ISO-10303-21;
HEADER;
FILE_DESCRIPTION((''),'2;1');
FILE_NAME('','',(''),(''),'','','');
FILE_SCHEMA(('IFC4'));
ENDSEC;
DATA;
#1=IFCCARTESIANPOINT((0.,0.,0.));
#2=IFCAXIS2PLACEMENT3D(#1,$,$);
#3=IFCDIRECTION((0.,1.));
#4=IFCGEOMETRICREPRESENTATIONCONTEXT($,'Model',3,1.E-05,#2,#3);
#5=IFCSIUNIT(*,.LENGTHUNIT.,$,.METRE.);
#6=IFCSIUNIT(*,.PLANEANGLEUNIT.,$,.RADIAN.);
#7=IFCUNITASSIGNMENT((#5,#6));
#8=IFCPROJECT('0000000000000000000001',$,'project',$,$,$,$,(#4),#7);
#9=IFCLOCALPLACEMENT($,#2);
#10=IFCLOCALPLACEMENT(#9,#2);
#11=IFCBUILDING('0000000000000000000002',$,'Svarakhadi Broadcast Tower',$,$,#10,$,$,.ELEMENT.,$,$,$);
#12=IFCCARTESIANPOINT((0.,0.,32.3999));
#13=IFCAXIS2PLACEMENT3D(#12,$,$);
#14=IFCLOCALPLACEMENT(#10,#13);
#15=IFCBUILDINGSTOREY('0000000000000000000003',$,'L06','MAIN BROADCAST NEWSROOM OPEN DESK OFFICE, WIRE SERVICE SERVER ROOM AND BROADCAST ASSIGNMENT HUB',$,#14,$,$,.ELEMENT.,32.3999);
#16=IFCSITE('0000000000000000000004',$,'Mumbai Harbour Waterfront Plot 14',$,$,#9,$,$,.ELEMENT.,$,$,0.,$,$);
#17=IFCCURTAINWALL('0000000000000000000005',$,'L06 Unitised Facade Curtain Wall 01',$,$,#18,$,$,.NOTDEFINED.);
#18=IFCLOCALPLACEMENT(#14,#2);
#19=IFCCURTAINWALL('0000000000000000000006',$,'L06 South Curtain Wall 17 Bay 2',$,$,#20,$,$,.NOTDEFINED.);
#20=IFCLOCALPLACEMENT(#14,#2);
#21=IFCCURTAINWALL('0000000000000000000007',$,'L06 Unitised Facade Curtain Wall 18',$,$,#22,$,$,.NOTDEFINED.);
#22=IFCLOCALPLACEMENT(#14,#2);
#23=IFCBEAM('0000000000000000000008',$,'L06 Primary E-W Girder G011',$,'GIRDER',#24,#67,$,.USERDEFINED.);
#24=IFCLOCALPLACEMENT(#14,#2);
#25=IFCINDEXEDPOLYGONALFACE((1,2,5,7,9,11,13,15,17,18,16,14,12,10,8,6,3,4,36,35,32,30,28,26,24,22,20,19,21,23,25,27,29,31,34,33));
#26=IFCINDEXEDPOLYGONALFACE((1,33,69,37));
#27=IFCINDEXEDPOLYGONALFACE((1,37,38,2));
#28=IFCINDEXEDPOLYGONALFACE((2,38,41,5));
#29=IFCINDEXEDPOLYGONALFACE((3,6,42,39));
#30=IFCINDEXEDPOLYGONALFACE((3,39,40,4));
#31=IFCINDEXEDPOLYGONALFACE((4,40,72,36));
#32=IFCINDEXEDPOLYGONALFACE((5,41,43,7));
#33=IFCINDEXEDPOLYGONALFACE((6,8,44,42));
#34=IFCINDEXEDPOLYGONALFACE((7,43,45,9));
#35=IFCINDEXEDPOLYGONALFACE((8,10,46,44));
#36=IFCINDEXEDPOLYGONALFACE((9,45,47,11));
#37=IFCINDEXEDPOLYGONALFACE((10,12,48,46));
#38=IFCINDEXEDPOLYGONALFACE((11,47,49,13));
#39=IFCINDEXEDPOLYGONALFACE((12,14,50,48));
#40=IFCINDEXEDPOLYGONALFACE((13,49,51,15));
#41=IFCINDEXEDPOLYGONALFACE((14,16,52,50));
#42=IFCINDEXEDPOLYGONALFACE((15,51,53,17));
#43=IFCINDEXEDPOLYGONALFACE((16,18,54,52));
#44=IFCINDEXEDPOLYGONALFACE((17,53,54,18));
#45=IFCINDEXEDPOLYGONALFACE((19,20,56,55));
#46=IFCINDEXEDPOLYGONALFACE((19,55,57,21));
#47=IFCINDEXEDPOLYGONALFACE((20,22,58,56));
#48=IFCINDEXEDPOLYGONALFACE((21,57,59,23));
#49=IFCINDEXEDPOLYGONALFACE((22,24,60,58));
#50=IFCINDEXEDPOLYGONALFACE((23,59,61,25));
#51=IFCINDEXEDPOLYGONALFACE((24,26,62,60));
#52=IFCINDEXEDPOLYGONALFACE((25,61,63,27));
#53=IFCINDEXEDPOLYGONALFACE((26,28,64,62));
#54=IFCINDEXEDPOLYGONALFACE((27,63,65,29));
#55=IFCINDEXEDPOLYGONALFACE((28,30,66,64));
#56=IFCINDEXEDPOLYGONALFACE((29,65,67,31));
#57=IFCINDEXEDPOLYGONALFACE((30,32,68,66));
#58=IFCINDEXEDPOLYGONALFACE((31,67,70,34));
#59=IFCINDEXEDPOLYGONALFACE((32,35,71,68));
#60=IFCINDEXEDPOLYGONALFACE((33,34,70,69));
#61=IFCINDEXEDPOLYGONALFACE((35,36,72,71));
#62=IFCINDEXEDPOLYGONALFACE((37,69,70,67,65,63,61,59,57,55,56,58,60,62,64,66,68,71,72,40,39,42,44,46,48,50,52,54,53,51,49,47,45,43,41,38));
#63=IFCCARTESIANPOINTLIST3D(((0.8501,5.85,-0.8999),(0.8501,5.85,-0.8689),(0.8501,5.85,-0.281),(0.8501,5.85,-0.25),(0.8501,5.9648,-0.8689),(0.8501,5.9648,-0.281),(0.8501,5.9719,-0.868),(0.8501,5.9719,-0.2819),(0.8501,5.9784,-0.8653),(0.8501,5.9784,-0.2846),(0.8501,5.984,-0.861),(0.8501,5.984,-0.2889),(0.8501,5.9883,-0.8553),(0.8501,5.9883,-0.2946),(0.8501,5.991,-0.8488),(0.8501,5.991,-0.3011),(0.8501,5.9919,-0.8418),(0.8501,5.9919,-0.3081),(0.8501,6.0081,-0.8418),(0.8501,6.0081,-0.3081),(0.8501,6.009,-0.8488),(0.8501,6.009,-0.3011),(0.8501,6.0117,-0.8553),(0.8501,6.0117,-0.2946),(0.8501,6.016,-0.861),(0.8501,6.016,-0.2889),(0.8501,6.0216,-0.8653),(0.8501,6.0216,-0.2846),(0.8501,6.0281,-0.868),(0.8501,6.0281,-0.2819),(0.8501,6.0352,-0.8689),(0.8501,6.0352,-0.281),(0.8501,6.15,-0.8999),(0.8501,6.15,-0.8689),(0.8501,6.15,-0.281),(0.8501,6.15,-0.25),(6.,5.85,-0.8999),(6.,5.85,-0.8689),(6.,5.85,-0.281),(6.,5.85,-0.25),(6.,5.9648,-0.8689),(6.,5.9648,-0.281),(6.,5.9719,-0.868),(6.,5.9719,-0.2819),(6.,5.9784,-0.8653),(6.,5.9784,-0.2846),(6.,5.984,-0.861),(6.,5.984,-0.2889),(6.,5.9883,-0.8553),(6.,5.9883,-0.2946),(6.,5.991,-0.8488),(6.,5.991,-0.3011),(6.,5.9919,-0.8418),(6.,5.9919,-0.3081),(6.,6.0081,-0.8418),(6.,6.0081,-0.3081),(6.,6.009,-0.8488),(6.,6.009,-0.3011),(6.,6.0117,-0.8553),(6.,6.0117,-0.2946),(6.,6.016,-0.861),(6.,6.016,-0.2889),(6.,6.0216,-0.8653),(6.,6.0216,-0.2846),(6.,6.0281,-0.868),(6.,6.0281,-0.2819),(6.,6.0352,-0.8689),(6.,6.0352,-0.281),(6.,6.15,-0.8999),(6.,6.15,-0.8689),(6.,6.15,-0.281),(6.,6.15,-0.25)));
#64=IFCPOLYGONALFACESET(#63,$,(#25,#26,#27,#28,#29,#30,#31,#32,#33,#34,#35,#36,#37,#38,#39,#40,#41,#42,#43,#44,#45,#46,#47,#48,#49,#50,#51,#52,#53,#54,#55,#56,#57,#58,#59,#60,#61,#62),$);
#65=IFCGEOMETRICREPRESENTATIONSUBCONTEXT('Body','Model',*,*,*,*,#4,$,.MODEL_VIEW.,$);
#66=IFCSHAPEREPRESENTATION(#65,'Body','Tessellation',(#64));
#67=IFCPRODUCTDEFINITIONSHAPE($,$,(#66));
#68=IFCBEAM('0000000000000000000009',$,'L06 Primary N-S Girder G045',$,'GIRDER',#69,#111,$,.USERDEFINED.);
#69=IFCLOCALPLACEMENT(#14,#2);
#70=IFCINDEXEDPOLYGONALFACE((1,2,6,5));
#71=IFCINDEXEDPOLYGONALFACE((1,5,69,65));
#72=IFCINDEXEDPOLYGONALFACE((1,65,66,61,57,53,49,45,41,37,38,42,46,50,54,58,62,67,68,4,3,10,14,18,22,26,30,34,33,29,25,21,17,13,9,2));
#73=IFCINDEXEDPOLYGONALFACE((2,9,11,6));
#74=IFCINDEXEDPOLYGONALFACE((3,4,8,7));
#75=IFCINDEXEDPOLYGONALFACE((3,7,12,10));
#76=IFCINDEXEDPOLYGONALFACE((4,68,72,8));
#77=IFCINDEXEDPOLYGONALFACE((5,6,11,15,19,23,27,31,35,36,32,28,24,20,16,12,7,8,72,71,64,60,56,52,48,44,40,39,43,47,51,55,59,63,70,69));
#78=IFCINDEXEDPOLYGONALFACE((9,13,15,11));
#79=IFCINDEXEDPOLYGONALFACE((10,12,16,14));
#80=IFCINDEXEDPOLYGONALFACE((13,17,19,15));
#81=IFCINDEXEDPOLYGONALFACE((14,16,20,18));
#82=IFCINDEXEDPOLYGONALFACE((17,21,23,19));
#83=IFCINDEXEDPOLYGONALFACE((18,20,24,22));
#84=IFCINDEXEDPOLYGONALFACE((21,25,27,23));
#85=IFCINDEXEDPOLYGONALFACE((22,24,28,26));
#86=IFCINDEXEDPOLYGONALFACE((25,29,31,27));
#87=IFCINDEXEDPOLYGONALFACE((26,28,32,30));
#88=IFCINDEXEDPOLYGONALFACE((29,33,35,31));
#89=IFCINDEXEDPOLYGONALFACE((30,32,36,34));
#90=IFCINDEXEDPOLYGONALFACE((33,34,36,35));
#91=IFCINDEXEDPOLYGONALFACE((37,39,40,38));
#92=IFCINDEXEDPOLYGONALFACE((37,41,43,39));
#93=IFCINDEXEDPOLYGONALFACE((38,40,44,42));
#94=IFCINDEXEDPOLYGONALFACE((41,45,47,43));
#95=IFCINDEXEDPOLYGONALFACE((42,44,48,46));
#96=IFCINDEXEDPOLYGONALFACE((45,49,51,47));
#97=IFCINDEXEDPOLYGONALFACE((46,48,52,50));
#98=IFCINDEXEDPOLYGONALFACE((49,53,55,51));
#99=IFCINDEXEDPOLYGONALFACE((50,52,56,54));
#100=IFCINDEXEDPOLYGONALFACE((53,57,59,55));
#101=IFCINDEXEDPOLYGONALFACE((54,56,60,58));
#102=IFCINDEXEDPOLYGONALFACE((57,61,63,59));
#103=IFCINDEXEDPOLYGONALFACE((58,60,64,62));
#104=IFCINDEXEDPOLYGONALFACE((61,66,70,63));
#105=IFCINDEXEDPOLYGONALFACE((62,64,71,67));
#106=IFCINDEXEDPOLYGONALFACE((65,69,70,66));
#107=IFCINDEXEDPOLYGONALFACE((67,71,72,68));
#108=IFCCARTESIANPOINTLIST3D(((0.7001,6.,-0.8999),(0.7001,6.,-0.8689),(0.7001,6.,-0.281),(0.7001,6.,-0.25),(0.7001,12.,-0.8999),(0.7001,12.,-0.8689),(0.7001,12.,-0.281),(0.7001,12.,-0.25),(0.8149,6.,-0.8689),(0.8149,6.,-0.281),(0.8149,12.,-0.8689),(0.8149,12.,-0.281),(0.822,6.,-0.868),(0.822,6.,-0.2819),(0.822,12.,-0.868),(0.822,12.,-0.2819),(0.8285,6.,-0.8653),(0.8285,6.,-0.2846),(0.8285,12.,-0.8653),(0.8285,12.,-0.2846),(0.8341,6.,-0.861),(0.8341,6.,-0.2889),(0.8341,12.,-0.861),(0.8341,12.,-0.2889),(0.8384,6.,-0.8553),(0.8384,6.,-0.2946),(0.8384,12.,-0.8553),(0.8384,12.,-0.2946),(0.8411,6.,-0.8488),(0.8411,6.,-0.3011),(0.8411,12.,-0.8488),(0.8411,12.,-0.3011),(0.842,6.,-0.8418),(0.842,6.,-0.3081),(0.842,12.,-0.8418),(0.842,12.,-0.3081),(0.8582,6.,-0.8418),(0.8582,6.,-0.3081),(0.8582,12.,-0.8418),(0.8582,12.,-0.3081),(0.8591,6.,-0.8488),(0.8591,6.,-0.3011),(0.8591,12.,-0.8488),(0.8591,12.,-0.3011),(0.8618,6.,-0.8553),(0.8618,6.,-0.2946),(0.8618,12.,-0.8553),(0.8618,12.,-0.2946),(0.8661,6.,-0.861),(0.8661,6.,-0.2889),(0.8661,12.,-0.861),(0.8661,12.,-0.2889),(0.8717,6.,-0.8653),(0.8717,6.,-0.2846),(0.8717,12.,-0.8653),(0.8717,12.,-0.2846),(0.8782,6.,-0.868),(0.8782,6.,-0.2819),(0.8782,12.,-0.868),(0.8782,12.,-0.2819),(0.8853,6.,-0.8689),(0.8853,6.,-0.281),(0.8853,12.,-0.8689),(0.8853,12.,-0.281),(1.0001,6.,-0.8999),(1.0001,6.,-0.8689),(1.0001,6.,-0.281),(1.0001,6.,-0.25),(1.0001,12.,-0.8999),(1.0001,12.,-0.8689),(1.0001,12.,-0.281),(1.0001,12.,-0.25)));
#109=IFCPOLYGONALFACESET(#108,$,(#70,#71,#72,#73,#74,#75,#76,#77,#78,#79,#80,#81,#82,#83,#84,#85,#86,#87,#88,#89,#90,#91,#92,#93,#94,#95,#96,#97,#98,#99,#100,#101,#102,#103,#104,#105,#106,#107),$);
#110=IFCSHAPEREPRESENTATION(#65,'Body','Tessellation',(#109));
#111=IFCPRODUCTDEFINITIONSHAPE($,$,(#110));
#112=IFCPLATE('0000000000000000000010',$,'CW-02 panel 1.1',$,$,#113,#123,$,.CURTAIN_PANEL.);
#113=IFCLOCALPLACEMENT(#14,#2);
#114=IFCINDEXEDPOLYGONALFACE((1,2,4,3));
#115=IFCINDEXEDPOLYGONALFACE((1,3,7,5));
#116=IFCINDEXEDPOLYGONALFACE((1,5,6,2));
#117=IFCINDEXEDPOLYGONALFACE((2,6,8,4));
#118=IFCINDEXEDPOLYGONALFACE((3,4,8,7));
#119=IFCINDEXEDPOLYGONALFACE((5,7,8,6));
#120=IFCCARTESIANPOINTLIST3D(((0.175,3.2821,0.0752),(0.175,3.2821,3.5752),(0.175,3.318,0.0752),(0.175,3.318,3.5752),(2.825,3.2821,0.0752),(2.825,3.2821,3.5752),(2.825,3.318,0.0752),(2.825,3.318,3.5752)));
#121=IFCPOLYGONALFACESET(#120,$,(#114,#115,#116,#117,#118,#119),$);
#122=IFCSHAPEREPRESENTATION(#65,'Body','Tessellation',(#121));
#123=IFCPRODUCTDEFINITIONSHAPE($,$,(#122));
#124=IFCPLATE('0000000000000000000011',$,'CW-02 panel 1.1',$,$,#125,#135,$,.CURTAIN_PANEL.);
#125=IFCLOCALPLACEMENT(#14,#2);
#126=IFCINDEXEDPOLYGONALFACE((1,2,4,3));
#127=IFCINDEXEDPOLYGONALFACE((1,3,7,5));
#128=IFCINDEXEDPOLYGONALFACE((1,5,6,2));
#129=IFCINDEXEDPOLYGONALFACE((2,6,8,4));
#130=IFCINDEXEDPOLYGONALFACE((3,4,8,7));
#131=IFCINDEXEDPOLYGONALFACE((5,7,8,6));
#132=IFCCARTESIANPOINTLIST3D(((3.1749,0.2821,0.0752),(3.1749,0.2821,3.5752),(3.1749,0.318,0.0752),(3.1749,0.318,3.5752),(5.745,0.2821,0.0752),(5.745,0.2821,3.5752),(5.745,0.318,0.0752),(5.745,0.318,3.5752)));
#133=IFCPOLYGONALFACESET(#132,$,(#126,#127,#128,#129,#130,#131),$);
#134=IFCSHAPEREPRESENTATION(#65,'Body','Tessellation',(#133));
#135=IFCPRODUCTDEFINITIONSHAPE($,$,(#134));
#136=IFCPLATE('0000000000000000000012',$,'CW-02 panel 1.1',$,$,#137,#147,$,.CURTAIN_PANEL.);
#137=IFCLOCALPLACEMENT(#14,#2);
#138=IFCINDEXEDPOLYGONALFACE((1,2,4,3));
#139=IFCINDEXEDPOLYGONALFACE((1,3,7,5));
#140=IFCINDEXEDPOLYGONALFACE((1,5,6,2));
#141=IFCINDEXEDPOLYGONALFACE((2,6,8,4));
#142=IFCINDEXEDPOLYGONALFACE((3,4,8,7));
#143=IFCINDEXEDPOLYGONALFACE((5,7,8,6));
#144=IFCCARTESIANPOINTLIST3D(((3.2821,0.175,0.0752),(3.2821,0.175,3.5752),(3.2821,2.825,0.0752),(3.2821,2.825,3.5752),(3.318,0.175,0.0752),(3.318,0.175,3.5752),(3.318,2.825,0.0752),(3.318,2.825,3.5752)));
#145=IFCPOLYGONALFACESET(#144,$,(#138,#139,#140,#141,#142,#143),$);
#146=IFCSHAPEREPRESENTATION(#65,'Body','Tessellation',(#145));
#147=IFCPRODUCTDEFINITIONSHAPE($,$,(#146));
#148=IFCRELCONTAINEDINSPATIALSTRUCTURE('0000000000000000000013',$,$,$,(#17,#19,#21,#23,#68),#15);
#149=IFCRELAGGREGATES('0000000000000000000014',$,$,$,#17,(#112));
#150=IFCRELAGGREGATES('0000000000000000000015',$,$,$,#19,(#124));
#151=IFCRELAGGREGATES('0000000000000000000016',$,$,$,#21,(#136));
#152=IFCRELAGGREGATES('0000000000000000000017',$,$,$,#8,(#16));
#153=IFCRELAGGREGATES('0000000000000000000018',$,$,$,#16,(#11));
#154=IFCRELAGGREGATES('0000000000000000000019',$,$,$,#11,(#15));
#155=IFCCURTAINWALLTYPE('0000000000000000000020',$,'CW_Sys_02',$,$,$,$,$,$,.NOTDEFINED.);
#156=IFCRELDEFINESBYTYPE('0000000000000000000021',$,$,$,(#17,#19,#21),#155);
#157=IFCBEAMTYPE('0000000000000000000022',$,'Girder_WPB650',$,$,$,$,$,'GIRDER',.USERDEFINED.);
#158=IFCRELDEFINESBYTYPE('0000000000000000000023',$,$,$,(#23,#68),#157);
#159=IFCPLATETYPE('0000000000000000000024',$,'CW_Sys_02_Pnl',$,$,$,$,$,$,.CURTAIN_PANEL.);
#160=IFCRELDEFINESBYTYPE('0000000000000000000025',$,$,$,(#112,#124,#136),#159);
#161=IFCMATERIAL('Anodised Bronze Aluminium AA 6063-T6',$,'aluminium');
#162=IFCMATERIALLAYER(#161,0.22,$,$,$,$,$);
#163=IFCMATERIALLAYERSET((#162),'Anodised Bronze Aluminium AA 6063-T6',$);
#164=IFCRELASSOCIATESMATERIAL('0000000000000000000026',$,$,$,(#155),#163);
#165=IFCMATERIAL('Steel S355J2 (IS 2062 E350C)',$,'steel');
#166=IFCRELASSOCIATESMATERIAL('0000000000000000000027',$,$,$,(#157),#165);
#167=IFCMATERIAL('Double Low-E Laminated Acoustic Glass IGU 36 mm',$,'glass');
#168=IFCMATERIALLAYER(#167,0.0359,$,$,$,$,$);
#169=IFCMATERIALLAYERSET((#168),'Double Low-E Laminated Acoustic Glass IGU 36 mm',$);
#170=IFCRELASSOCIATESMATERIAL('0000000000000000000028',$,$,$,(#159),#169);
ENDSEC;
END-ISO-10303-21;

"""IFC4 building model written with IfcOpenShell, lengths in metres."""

from ifc_helpers import new_model, si_unit, direction, frame, origin, origin_2d, place, context, subcontext, project, spatial, rectangle, i_section, extrude, material, layer, layer_set, material_profile, profile_set, type_object, element, aggregate, save


model = new_model("IFC4")

# Units and contexts
model_context = context("Model", 3, precision=1e-05, world=origin(), true_north=direction((0.0, 1.0)))
body_context = subcontext(model_context, "Body", "Model", "MODEL_VIEW")
ifc_project = project(units=[si_unit("LENGTHUNIT", "METRE"), si_unit("PLANEANGLEUNIT", "RADIAN")], contexts=[model_context])

# Site, building, storey
site_placement = place(None, origin())
site = spatial("IfcSite", under=ifc_project, at=site_placement, Name="Mumbai Harbour Waterfront Plot 14", CompositionType="ELEMENT", RefElevation=0.0)
building_placement = place(site_placement, origin())
building = spatial("IfcBuilding", under=site, at=building_placement, Name="Svarakhadi Broadcast Tower", CompositionType="ELEMENT")
storey_placement = place(building_placement, frame((0.0, 0.0, 32.3999)))
storey = spatial("IfcBuildingStorey", under=building, at=storey_placement, Name="L06", Description="MAIN BROADCAST NEWSROOM OPEN DESK OFFICE, WIRE SERVICE SERVER ROOM AND BROADCAST ASSIGNMENT HUB", CompositionType="ELEMENT", Elevation=32.3999)

# Curtain wall
ifc_material_1 = material(Name="Anodised Bronze Aluminium AA 6063-T6", Category="aluminium")
ifc_layer_1 = layer(ifc_material_1, 0.22)
ifc_layer_set_1 = layer_set([ifc_layer_1], Name="Anodised Bronze Aluminium AA 6063-T6")
curtain_wall_type = type_object("IfcCurtainWallType", Name="CW_Sys_02", PredefinedType="NOTDEFINED", material=ifc_layer_set_1)
curtain_wall_1_placement = place(storey_placement, origin())
curtain_wall_1 = element("IfcCurtainWall", 1, at=curtain_wall_1_placement, inside=storey, type_object=curtain_wall_type, Name="L06 Unitised Facade Curtain Wall 01", PredefinedType="NOTDEFINED")

# Curtain walls
curtain_wall_2_placement = place(storey_placement, origin())
curtain_wall_2 = element("IfcCurtainWall", 2, at=curtain_wall_2_placement, inside=storey, type_object=curtain_wall_type, Name="L06 South Curtain Wall 17 Bay 2", PredefinedType="NOTDEFINED")
curtain_wall_3_placement = place(storey_placement, origin())
curtain_wall_3 = element("IfcCurtainWall", 3, at=curtain_wall_3_placement, inside=storey, type_object=curtain_wall_type, Name="L06 Unitised Facade Curtain Wall 18", PredefinedType="NOTDEFINED")

# Beams
ifc_material_2 = material(Name="Steel S355J2 (IS 2062 E350C)", Category="steel")
ifc_material_profile_1 = material_profile(ifc_material_2, i_section(OverallWidth=0.3, OverallDepth=0.6499, WebThickness=0.0161, FlangeThickness=0.031, FilletRadius=0.0271, at=origin_2d()), Name="WPB 650x300x225")
ifc_profile_set_1 = profile_set([ifc_material_profile_1], Name="Steel S355J2 (IS 2062 E350C)")
beam_type = type_object("IfcBeamType", Name="Girder_WPB650", ElementType="GIRDER", PredefinedType="USERDEFINED", material=ifc_profile_set_1)
beam_1_placement = place(storey_placement, frame((0.8501, 6.0, -0.575), z_axis=(1.0, 0.0, 0.0), x_axis=(0.0, 1.0, 0.0)))
element("IfcBeam", 4, at=beam_1_placement, inside=storey, type_object=beam_type, Name="L06 Primary E-W Girder G011", ObjectType="GIRDER", PredefinedType="USERDEFINED", context=body_context, shape_type="SweptSolid", body=[
    extrude(i_section(OverallWidth=0.3, OverallDepth=0.6499, WebThickness=0.0161, FlangeThickness=0.031, FilletRadius=0.0271, at=origin_2d()), origin(), (0.0, 0.0, 1.0), 5.1499),
])
beam_2_placement = place(storey_placement, frame((0.8501, 6.0, -0.575), z_axis=(0.0, 1.0, 0.0), x_axis=(-1.0, 0.0, 0.0)))
element("IfcBeam", 5, at=beam_2_placement, inside=storey, type_object=beam_type, Name="L06 Primary N-S Girder G045", ObjectType="GIRDER", PredefinedType="USERDEFINED", context=body_context, shape_type="SweptSolid", body=[
    extrude(i_section(OverallWidth=0.3, OverallDepth=0.6499, WebThickness=0.0161, FlangeThickness=0.031, FilletRadius=0.0271, at=origin_2d()), origin(), (0.0, 0.0, 1.0), 6.0),
])

# Plates
ifc_material_3 = material(Name="Double Low-E Laminated Acoustic Glass IGU 36 mm", Category="glass")
ifc_layer_2 = layer(ifc_material_3, 0.0359)
ifc_layer_set_2 = layer_set([ifc_layer_2], Name="Double Low-E Laminated Acoustic Glass IGU 36 mm")
plate_type = type_object("IfcPlateType", Name="CW_Sys_02_Pnl", PredefinedType="CURTAIN_PANEL", material=ifc_layer_set_2)
plate_1_placement = place(storey_placement, frame((1.5, 3.3, 0.0752), z_axis=(0.0, 0.0, 1.0), x_axis=(-1.0, 0.0, 0.0)))
plate_1 = element("IfcPlate", 6, at=plate_1_placement, type_object=plate_type, Name="CW-02 panel 1.1", PredefinedType="CURTAIN_PANEL", context=body_context, shape_type="SweptSolid", body=[
    extrude(rectangle(XDim=2.6499, YDim=0.0359, at=origin_2d()), origin(), (0.0, 0.0, 1.0), 3.5),
])
aggregate(curtain_wall_1, [plate_1])
plate_2_placement = place(storey_placement, frame((4.46, 0.3, 0.0752), z_axis=(0.0, 0.0, 1.0), x_axis=(-1.0, 0.0, 0.0)))
plate_2 = element("IfcPlate", 7, at=plate_2_placement, type_object=plate_type, Name="CW-02 panel 1.1", PredefinedType="CURTAIN_PANEL", context=body_context, shape_type="SweptSolid", body=[
    extrude(rectangle(XDim=2.5701, YDim=0.0359, at=origin_2d()), origin(), (0.0, 0.0, 1.0), 3.5),
])
aggregate(curtain_wall_2, [plate_2])
plate_3_placement = place(storey_placement, frame((3.3, 1.5, 0.0752), z_axis=(0.0, 0.0, 1.0), x_axis=(0.0, 1.0, 0.0)))
plate_3 = element("IfcPlate", 8, at=plate_3_placement, type_object=plate_type, Name="CW-02 panel 1.1", PredefinedType="CURTAIN_PANEL", context=body_context, shape_type="SweptSolid", body=[
    extrude(rectangle(XDim=2.6499, YDim=0.0359, at=origin_2d()), origin(), (0.0, 0.0, 1.0), 3.5),
])
aggregate(curtain_wall_3, [plate_3])

save(model, "model.ifc")
